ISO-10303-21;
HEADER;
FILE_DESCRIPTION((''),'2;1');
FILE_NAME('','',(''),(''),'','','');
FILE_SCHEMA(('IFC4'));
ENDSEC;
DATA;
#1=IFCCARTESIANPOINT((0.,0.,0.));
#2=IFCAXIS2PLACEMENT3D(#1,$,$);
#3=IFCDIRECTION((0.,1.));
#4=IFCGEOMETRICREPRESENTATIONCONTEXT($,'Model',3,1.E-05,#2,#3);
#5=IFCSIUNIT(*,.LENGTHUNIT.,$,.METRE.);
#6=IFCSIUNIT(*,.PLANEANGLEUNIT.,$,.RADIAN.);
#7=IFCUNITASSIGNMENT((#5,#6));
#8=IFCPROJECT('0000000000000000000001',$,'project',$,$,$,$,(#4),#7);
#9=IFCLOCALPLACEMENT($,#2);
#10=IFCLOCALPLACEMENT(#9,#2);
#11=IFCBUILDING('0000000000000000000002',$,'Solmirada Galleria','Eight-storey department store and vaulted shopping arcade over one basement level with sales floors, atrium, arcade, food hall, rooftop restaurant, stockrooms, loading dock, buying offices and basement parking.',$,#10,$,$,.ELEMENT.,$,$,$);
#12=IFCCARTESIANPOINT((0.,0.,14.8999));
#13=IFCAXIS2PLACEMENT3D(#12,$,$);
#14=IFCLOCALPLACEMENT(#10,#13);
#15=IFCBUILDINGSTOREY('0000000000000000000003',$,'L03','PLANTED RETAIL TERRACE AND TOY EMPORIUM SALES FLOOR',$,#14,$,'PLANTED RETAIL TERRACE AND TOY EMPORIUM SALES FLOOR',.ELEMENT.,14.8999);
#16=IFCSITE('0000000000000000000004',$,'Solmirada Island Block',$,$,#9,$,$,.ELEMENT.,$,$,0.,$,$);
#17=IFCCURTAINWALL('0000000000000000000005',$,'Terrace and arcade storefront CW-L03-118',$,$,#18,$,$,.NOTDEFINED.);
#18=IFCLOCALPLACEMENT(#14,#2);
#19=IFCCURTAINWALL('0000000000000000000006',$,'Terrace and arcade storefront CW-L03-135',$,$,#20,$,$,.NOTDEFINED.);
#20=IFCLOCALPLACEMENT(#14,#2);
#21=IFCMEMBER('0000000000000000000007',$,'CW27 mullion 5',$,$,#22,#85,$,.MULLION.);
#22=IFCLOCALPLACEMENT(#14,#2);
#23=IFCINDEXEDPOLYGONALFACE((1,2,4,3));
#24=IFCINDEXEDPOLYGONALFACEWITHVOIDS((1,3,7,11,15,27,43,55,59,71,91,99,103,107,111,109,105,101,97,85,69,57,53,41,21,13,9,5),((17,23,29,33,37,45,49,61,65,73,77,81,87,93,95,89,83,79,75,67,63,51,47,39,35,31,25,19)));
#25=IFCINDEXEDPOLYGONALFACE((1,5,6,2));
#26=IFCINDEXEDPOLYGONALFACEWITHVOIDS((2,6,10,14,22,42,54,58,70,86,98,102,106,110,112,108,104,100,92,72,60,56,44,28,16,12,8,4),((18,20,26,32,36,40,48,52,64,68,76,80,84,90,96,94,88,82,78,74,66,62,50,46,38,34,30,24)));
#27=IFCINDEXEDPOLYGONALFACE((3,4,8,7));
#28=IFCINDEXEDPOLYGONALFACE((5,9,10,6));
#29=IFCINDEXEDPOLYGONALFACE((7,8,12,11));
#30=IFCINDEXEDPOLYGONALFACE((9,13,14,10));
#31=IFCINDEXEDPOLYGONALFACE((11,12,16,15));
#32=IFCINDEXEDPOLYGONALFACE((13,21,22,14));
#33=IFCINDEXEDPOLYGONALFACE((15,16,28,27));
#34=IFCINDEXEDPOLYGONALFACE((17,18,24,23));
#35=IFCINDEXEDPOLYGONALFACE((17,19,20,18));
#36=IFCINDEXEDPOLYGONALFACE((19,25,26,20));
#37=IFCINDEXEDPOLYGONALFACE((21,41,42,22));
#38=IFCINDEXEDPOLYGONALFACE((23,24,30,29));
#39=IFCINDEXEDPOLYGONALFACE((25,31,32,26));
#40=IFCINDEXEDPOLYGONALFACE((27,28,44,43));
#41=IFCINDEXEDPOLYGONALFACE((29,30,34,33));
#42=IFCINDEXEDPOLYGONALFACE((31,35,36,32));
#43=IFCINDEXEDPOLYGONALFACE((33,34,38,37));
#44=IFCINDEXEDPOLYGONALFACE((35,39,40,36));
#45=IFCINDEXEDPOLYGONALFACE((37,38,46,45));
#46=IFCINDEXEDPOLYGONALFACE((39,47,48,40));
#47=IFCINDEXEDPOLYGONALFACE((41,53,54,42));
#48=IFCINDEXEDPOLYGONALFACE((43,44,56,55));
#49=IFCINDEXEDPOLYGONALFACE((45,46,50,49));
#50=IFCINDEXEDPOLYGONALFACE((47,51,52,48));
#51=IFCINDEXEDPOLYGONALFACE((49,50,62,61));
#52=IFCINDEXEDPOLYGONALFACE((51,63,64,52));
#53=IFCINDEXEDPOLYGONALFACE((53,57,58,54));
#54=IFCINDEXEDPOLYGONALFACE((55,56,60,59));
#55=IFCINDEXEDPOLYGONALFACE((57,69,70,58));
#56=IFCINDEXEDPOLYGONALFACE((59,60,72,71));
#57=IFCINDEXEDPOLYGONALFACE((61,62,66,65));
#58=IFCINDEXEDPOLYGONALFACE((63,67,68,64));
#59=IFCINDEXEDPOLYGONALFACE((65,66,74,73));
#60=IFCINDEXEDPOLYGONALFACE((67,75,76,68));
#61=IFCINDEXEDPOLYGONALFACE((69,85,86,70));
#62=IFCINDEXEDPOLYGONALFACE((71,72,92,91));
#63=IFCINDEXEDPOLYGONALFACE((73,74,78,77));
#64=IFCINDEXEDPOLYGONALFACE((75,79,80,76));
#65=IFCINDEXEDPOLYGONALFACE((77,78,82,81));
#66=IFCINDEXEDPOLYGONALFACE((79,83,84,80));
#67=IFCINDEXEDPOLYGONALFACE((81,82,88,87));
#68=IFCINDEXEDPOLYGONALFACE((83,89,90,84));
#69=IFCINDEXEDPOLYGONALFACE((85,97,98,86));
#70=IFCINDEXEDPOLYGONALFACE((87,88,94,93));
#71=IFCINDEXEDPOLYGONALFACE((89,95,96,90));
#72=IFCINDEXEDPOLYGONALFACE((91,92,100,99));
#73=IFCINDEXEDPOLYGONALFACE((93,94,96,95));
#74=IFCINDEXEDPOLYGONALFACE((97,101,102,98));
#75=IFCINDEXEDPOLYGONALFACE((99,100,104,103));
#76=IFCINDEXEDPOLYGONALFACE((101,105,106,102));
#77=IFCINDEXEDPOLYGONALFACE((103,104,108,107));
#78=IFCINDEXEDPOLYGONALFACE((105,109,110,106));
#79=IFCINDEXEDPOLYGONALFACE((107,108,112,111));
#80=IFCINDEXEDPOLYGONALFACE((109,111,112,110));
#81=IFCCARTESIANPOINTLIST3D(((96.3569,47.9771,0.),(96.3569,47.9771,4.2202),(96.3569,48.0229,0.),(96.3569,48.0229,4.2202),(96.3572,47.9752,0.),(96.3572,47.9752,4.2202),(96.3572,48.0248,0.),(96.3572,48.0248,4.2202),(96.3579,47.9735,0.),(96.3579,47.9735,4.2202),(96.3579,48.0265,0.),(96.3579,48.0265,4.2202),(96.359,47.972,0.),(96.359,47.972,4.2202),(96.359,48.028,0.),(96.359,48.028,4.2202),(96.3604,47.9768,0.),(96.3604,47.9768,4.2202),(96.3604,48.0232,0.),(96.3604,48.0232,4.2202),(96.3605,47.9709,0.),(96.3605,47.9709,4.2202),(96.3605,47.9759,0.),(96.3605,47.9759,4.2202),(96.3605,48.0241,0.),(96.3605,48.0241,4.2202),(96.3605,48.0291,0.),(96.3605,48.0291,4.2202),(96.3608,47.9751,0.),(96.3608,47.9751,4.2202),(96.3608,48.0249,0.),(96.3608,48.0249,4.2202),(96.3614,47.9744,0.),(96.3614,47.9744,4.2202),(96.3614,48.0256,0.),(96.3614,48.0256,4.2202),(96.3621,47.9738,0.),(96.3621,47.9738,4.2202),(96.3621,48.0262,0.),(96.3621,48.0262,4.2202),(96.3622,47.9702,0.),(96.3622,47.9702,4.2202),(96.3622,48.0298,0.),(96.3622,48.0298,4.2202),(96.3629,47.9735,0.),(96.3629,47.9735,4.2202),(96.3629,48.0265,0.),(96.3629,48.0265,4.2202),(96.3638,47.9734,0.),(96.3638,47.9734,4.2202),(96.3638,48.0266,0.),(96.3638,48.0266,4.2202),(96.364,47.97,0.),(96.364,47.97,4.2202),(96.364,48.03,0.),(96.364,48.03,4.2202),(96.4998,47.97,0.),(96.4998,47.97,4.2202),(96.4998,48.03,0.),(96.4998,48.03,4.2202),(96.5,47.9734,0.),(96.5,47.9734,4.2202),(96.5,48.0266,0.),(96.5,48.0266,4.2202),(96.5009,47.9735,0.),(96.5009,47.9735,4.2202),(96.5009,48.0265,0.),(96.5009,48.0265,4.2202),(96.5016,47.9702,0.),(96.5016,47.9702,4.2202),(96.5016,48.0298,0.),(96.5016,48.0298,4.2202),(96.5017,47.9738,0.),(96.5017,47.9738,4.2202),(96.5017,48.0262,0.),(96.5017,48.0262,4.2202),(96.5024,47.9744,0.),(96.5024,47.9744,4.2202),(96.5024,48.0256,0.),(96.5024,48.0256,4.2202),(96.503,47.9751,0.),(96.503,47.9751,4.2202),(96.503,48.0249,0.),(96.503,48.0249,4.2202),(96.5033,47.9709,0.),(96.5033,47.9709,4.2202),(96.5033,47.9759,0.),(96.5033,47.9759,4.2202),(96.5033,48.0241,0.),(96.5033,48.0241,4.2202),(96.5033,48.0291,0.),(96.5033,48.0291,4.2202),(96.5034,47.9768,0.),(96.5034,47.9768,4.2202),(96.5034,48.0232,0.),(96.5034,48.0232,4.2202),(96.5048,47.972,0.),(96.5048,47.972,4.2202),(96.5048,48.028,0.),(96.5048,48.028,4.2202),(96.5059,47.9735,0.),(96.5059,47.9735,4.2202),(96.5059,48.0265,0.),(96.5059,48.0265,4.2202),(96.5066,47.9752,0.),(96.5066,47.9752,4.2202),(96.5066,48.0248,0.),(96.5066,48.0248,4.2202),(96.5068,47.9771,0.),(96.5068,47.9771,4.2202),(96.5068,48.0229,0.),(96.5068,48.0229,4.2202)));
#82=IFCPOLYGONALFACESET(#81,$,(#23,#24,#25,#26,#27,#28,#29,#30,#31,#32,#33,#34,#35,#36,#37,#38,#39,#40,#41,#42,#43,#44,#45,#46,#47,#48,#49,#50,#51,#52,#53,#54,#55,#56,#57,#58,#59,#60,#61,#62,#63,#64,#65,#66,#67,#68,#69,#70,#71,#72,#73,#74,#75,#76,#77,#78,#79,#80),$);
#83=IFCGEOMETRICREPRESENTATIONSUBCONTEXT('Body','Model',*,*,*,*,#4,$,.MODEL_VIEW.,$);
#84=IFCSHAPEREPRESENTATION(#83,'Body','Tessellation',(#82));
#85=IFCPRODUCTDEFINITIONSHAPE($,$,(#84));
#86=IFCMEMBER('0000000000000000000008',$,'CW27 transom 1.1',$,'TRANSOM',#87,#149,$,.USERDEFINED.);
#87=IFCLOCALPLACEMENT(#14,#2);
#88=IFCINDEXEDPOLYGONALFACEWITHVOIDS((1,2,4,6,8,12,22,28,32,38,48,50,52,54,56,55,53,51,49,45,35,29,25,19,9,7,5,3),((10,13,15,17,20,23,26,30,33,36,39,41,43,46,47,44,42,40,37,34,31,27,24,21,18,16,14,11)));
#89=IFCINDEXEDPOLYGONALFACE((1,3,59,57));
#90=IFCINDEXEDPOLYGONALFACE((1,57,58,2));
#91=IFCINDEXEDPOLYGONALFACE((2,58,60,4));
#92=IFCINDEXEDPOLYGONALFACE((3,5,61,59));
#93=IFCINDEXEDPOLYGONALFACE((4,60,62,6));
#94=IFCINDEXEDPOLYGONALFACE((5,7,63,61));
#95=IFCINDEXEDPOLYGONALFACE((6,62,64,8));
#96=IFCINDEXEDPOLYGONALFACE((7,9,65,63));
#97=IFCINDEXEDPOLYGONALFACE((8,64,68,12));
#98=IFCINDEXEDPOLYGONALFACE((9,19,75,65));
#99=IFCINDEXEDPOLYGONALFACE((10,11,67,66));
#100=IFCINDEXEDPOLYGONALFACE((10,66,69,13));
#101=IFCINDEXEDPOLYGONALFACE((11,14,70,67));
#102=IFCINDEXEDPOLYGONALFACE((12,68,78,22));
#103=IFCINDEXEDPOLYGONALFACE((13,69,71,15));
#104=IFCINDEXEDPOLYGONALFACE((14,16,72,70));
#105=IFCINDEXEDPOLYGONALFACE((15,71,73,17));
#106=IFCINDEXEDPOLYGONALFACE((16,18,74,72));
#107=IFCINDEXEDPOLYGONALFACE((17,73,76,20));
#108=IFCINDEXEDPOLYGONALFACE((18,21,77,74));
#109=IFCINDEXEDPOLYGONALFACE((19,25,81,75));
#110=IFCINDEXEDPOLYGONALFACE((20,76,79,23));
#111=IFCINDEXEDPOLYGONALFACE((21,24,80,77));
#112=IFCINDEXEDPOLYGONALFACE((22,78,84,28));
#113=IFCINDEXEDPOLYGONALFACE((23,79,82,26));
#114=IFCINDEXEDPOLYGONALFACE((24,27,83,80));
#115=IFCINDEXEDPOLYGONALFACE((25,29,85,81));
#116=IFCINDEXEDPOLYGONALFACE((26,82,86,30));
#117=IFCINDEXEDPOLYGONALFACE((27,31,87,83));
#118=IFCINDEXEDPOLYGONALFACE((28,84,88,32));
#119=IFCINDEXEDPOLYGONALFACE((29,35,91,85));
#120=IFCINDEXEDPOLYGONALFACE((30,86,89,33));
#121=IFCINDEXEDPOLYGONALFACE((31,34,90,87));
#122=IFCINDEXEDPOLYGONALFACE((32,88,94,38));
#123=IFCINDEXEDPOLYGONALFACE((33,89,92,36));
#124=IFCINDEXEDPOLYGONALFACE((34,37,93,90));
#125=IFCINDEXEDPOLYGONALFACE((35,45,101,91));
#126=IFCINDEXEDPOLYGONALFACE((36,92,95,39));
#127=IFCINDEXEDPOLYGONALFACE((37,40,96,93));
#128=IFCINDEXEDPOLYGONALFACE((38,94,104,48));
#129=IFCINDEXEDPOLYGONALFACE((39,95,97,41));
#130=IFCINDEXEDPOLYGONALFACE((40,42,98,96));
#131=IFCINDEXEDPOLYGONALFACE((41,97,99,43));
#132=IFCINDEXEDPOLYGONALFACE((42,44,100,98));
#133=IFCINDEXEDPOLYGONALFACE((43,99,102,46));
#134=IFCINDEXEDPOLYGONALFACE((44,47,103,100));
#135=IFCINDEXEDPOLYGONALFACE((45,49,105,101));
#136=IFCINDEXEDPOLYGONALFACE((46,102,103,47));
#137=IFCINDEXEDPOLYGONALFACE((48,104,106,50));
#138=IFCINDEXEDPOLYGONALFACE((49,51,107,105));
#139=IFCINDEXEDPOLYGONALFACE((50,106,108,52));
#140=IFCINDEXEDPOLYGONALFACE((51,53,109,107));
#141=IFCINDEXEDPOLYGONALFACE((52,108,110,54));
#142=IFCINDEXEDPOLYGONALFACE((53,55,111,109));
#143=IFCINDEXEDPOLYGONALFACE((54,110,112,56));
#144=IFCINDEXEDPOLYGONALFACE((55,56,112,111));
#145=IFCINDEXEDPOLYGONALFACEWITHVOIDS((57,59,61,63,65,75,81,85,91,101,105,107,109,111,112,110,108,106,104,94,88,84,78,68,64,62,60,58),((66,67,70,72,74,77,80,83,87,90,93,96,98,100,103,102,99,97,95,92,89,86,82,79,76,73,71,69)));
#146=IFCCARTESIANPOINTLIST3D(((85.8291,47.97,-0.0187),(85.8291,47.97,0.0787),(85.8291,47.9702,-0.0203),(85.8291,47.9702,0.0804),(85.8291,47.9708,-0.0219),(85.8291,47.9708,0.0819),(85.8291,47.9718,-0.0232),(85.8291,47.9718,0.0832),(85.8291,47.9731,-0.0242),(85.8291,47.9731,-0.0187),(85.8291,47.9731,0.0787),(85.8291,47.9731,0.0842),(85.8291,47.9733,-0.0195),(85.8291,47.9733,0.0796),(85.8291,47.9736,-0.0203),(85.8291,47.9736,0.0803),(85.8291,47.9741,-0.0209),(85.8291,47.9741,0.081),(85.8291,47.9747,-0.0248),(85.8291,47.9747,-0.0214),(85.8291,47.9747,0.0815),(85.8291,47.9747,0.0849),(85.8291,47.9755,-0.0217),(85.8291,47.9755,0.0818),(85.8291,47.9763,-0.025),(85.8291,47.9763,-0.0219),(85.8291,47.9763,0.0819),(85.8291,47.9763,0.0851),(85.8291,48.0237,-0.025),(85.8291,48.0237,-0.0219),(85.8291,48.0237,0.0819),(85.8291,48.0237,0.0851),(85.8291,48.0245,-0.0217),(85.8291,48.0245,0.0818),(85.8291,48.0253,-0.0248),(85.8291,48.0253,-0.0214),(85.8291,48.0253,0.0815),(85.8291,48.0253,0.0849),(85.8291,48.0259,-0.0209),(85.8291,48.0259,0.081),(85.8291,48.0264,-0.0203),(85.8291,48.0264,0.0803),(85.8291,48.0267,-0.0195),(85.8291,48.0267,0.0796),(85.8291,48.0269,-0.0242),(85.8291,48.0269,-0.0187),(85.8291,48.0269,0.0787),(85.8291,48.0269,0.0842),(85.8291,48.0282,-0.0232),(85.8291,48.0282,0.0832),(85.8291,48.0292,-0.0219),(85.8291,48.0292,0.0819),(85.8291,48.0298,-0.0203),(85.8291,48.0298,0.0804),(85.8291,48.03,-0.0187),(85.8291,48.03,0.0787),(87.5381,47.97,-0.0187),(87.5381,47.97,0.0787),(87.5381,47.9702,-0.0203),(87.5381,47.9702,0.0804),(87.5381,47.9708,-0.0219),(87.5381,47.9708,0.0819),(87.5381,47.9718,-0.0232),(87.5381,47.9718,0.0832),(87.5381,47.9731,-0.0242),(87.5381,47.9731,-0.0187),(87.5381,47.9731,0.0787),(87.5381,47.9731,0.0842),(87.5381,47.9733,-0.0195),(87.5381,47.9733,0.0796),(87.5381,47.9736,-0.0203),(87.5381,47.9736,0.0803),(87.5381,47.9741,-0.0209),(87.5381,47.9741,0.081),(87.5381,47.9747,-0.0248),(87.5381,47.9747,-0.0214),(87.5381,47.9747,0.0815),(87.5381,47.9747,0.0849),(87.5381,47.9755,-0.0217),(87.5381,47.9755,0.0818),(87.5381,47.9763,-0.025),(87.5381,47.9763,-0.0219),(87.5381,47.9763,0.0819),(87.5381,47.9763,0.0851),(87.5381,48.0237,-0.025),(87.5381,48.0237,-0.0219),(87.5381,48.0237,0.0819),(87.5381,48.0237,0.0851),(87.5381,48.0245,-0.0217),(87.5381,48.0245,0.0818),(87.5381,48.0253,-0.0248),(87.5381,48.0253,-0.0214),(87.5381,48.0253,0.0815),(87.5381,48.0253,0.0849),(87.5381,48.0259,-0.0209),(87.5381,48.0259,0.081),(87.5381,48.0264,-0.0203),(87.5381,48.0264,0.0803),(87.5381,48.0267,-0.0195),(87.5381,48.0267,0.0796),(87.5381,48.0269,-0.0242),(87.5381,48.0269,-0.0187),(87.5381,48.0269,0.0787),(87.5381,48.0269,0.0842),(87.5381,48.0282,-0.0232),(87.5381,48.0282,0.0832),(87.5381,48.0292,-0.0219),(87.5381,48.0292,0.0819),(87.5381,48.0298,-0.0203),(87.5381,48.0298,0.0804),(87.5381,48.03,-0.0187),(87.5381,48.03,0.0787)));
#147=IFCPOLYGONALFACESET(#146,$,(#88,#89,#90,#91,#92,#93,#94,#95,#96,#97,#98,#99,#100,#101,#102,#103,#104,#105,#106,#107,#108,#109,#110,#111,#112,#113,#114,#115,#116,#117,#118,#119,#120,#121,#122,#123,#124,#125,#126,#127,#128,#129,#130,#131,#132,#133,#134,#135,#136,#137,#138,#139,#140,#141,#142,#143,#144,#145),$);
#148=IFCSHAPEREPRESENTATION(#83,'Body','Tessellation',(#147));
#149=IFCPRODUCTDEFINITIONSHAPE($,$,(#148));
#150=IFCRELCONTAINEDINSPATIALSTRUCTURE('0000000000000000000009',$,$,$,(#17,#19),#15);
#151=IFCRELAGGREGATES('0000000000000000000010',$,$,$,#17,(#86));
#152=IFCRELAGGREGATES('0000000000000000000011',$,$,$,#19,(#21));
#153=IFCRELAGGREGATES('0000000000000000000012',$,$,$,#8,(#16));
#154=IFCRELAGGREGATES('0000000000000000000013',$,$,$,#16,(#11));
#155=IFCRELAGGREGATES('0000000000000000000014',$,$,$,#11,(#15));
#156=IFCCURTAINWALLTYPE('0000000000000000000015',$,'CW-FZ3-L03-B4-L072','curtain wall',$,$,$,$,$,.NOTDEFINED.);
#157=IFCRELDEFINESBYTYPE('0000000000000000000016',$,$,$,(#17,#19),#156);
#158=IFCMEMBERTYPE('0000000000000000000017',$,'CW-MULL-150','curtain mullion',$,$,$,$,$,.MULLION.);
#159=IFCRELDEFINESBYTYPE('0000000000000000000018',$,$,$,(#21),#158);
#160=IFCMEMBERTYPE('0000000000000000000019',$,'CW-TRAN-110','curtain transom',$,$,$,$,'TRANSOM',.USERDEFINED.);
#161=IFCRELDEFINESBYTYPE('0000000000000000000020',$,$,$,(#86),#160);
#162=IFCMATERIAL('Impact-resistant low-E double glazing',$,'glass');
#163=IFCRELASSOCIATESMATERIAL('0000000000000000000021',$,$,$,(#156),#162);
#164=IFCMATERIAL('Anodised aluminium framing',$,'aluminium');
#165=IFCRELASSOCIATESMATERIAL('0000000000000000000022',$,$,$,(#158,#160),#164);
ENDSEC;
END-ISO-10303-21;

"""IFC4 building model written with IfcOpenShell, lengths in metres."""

from ifc_helpers import new_model, si_unit, direction, frame, origin, origin_2d, place, context, subcontext, project, spatial, hollow_rectangle, extrude, material, material_profile, profile_set, type_object, element, aggregate, save


model = new_model("IFC4")

# Units and contexts
model_context = context("Model", 3, precision=1e-05, world=origin(), true_north=direction((0.0, 1.0)))
body_context = subcontext(model_context, "Body", "Model", "MODEL_VIEW")
ifc_project = project(units=[si_unit("LENGTHUNIT", "METRE"), si_unit("PLANEANGLEUNIT", "RADIAN")], contexts=[model_context])

# Site, building, storey
site_placement = place(None, origin())
site = spatial("IfcSite", under=ifc_project, at=site_placement, Name="Solmirada Island Block", CompositionType="ELEMENT", RefElevation=0.0)
building_placement = place(site_placement, origin())
building = spatial("IfcBuilding", under=site, at=building_placement, Name="Solmirada Galleria", Description="Eight-storey department store and vaulted shopping arcade over one basement level with sales floors, atrium, arcade, food hall, rooftop restaurant, stockrooms, loading dock, buying offices and basement parking.", CompositionType="ELEMENT")
storey_placement = place(building_placement, frame((0.0, 0.0, 14.8999)))
storey = spatial("IfcBuildingStorey", under=building, at=storey_placement, Name="L03", Description="PLANTED RETAIL TERRACE AND TOY EMPORIUM SALES FLOOR", LongName="PLANTED RETAIL TERRACE AND TOY EMPORIUM SALES FLOOR", CompositionType="ELEMENT", Elevation=14.8999)

# Curtain walls, member
ifc_material_1 = material(Name="Impact-resistant low-E double glazing", Category="glass")
curtain_wall_type = type_object("IfcCurtainWallType", Name="CW-FZ3-L03-B4-L072", Description="curtain wall", PredefinedType="NOTDEFINED", material=ifc_material_1)
curtain_wall_1_placement = place(storey_placement, origin())
curtain_wall_1 = element("IfcCurtainWall", 1, at=curtain_wall_1_placement, inside=storey, type_object=curtain_wall_type, Name="Terrace and arcade storefront CW-L03-118", PredefinedType="NOTDEFINED")
ifc_material_2 = material(Name="Anodised aluminium framing", Category="aluminium")
ifc_material_profile_1 = material_profile(ifc_material_2, hollow_rectangle(XDim=0.0601, YDim=0.1499, WallThickness=0.0034, InnerFilletRadius=0.0034, OuterFilletRadius=0.0071, at=origin_2d()), Name="ALU-MULL-150X60")
ifc_profile_set_1 = profile_set([ifc_material_profile_1], Name="Anodised aluminium framing")
member_type_1 = type_object("IfcMemberType", Name="CW-MULL-150", Description="curtain mullion", PredefinedType="MULLION", material=ifc_profile_set_1)
curtain_wall_2_placement = place(storey_placement, origin())
curtain_wall_2 = element("IfcCurtainWall", 2, at=curtain_wall_2_placement, inside=storey, type_object=curtain_wall_type, Name="Terrace and arcade storefront CW-L03-135", PredefinedType="NOTDEFINED")
member_1_placement = place(storey_placement, frame((96.4319, 48.0, 0.0), z_axis=(0.0, 0.0, 1.0), x_axis=(0.0, -1.0, 0.0)))
member_1 = element("IfcMember", 3, at=member_1_placement, type_object=member_type_1, Name="CW27 mullion 5", PredefinedType="MULLION", context=body_context, shape_type="SweptSolid", body=[
    extrude(hollow_rectangle(XDim=0.0601, YDim=0.1499, WallThickness=0.0034, InnerFilletRadius=0.0034, OuterFilletRadius=0.0071, at=origin_2d()), origin(), (0.0, 0.0, 1.0), 4.2202),
])

# Member
ifc_material_profile_2 = material_profile(ifc_material_2, hollow_rectangle(XDim=0.0601, YDim=0.1101, WallThickness=0.0032, InnerFilletRadius=0.0032, OuterFilletRadius=0.0063, at=origin_2d()), Name="ALU-TRAN-110X60")
ifc_profile_set_2 = profile_set([ifc_material_profile_2], Name="Anodised aluminium framing")
member_type_2 = type_object("IfcMemberType", Name="CW-TRAN-110", Description="curtain transom", ElementType="TRANSOM", PredefinedType="USERDEFINED", material=ifc_profile_set_2)
member_2_placement = place(storey_placement, frame((87.5381, 48.0, 0.03), z_axis=(-1.0, 0.0, 0.0), x_axis=(0.0, -1.0, 0.0)))
member_2 = element("IfcMember", 4, at=member_2_placement, type_object=member_type_2, Name="CW27 transom 1.1", ObjectType="TRANSOM", PredefinedType="USERDEFINED", context=body_context, shape_type="SweptSolid", body=[
    extrude(hollow_rectangle(XDim=0.0601, YDim=0.1101, WallThickness=0.0032, InnerFilletRadius=0.0032, OuterFilletRadius=0.0063, at=origin_2d()), origin(), (0.0, 0.0, 1.0), 1.709),
])

aggregate(curtain_wall_1, [member_2])
aggregate(curtain_wall_2, [member_1])

save(model, "model.ifc")
